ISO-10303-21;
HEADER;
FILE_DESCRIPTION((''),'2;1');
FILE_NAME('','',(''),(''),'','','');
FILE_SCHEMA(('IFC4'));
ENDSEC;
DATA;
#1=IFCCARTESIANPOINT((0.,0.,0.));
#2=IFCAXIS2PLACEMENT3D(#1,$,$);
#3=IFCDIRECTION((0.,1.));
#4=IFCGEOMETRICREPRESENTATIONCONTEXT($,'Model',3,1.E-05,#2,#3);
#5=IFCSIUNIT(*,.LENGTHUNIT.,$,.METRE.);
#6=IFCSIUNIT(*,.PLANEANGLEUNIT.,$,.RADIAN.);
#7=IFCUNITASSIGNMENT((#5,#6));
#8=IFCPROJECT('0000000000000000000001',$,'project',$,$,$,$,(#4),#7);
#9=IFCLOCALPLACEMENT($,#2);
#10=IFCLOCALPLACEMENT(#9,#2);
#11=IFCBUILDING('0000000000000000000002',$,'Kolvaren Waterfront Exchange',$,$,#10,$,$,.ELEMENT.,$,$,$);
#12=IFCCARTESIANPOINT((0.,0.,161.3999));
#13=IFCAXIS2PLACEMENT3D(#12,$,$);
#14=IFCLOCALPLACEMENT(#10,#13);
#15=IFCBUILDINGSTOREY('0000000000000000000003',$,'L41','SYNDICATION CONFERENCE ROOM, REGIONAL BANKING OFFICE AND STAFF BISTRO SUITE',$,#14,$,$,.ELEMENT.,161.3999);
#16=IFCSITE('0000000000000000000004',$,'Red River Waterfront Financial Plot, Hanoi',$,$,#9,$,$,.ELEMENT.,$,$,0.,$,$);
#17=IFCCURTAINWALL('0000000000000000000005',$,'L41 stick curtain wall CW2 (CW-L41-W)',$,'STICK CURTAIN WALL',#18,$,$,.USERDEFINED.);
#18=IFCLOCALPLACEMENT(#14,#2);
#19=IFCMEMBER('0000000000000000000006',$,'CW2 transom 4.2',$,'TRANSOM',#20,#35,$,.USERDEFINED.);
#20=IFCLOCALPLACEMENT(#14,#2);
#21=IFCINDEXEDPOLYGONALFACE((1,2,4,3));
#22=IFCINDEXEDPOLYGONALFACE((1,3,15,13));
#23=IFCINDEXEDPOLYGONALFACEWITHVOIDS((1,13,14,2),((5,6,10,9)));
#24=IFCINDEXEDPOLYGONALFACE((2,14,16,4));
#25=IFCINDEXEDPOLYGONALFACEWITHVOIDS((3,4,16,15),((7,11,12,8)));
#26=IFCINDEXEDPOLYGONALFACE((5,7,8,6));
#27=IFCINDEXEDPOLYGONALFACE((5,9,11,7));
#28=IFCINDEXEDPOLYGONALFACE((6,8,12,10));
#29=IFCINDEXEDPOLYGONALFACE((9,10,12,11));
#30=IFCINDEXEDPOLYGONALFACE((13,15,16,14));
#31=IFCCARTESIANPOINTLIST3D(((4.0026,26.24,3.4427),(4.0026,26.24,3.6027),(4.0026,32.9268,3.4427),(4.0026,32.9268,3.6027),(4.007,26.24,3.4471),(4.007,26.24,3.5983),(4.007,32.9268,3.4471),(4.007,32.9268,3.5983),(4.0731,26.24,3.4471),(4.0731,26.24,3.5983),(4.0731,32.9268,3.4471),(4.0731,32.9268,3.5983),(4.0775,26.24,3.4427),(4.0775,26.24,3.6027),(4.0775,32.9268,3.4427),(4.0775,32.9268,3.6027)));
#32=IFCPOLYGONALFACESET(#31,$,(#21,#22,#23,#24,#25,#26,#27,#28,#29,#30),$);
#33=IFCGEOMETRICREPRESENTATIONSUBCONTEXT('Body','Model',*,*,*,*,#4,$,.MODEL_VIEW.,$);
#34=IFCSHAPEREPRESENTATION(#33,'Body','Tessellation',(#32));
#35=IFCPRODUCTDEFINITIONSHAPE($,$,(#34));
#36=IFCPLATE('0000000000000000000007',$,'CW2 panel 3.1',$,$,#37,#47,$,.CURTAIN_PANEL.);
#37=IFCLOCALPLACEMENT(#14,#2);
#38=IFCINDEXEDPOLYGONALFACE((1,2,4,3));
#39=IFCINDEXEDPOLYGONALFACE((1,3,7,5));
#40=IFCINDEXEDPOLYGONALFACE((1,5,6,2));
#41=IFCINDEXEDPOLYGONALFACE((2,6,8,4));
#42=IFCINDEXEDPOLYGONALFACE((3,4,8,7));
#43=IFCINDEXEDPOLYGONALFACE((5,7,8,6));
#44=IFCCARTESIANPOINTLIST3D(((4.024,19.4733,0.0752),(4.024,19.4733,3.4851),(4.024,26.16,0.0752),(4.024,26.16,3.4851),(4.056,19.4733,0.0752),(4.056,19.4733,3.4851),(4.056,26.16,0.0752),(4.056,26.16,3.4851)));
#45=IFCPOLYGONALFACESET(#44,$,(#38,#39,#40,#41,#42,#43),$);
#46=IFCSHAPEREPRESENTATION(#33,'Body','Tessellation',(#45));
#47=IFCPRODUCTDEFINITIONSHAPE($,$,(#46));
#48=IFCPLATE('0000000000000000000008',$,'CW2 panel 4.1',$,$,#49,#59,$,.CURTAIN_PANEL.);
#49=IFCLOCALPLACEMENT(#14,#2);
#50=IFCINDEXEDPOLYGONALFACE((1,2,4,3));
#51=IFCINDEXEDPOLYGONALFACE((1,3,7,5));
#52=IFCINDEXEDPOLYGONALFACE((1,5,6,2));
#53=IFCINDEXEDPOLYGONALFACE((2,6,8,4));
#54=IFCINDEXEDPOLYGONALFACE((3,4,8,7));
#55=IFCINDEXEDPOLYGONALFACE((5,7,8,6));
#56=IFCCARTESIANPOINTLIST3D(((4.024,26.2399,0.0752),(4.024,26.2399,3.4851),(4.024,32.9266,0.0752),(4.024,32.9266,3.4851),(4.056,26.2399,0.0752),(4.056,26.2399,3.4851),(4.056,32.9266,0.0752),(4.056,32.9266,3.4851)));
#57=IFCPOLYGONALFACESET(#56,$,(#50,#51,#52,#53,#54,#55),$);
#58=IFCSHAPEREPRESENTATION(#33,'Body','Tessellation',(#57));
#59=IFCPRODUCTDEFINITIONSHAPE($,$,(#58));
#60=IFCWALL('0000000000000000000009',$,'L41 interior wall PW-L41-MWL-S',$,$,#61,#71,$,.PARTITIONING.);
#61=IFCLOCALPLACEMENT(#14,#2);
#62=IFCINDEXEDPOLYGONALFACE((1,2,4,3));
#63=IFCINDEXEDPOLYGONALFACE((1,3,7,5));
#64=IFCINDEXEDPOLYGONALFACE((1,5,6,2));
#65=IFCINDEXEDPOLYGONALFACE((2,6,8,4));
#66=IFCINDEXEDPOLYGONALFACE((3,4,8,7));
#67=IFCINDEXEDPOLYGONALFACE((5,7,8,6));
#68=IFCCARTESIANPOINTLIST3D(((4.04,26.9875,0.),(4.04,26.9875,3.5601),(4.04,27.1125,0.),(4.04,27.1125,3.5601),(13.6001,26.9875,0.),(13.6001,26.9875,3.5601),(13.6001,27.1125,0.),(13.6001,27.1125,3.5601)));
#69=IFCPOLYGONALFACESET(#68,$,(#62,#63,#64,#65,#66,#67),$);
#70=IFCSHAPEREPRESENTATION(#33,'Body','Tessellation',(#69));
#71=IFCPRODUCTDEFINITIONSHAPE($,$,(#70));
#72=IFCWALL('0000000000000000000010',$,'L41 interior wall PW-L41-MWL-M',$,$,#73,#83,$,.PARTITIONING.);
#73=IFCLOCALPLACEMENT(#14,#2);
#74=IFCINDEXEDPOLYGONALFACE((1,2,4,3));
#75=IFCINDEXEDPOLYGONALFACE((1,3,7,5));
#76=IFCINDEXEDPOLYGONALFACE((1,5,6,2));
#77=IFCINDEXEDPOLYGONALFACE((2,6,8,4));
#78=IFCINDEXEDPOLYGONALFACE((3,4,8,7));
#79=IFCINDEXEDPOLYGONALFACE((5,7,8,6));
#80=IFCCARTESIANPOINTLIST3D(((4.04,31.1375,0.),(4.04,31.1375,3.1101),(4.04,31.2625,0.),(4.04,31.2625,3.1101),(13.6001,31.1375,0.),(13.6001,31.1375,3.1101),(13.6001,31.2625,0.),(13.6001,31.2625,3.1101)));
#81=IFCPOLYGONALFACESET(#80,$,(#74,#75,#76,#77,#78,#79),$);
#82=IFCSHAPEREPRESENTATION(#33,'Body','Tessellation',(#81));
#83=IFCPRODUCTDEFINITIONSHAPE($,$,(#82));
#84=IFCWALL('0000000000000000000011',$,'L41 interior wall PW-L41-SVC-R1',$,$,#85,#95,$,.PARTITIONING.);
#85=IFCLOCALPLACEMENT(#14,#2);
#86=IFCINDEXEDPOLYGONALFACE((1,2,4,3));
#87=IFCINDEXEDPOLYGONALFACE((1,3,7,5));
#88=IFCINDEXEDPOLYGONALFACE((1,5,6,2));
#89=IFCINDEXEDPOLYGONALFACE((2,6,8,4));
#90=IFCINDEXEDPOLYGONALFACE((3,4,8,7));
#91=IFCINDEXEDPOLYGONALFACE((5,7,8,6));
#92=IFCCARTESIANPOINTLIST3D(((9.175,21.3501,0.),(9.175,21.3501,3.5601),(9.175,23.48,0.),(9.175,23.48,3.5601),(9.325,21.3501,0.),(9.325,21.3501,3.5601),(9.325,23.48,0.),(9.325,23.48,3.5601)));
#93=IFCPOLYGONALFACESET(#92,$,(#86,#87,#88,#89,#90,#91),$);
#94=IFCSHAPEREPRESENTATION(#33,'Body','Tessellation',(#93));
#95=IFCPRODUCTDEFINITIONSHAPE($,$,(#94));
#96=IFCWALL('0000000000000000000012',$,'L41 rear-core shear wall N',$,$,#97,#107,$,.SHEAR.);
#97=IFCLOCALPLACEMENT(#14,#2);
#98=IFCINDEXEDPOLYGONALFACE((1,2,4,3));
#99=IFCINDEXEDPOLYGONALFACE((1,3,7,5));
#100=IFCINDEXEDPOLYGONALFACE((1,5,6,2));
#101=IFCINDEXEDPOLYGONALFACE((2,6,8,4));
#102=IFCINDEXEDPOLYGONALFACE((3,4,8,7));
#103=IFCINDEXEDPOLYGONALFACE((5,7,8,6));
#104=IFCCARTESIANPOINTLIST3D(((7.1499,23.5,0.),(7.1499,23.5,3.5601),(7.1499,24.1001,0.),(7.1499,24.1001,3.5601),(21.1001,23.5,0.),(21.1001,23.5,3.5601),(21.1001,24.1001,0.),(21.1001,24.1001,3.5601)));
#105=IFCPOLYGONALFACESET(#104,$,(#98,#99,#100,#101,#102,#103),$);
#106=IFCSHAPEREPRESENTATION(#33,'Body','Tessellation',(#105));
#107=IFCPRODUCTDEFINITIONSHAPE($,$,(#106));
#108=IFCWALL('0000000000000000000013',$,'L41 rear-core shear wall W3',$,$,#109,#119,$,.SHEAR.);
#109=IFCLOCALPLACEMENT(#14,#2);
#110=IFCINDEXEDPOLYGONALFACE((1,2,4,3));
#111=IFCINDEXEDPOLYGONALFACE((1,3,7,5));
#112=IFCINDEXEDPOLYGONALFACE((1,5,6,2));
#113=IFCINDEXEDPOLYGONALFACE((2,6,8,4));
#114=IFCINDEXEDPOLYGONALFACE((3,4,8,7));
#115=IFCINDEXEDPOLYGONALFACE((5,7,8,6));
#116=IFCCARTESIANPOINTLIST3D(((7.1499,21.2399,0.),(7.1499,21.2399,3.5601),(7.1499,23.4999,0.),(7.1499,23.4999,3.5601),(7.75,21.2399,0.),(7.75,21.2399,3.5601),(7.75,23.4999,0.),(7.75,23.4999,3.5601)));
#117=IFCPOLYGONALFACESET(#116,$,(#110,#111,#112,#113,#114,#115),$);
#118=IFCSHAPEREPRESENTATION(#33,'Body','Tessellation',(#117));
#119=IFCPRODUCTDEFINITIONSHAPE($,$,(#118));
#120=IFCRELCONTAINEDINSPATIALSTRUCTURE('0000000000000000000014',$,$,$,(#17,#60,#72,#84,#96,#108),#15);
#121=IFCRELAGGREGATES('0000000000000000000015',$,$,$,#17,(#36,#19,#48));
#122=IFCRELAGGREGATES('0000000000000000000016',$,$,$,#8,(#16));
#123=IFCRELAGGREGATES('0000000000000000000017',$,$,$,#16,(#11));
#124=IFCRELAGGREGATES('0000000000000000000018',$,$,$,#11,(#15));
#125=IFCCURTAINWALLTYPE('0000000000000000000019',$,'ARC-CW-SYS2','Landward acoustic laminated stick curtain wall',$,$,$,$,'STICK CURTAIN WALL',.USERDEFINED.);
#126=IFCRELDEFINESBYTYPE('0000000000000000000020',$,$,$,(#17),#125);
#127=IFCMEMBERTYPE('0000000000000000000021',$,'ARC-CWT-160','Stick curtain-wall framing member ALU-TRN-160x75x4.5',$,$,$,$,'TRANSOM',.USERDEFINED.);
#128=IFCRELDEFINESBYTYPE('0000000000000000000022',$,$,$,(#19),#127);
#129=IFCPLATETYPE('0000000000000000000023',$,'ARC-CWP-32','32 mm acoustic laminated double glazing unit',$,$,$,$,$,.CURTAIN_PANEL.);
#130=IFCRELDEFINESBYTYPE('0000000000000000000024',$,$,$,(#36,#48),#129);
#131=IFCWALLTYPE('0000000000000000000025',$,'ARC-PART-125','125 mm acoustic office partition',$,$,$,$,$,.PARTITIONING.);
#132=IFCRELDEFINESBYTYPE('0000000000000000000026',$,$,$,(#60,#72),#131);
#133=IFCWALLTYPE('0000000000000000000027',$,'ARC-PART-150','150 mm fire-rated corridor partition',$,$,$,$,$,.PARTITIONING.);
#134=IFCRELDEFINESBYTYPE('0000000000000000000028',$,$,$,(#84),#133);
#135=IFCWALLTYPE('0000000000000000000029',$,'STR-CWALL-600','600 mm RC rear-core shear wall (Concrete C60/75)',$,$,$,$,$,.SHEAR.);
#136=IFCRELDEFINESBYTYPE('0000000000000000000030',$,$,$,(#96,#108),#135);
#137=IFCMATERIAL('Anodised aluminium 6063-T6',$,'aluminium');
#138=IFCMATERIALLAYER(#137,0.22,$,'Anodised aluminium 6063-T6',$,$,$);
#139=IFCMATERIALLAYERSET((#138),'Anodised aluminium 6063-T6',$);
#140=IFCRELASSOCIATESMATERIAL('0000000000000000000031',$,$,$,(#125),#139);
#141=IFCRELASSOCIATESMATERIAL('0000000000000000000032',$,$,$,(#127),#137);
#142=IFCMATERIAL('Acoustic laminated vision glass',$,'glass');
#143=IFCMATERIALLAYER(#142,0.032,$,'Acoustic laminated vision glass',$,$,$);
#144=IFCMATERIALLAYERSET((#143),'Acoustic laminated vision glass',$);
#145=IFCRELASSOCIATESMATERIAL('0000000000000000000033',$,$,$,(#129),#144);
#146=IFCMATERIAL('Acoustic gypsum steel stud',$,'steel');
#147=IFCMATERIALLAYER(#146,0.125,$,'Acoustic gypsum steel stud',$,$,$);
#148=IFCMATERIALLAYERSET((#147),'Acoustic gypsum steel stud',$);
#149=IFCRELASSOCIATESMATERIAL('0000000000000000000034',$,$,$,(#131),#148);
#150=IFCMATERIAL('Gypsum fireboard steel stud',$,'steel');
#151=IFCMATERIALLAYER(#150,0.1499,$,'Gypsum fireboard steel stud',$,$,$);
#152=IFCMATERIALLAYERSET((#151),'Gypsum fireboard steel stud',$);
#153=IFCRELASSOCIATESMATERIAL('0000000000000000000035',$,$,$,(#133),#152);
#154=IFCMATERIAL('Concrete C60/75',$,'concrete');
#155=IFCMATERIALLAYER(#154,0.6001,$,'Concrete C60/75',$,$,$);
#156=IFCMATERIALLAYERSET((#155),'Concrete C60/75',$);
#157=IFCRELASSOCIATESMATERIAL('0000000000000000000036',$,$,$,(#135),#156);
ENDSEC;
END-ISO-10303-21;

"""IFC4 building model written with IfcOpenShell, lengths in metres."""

from ifc_helpers import new_model, si_unit, direction, frame, frame_2d, origin, origin_with_axes, origin_2d, place, context, subcontext, project, spatial, rectangle, hollow_rectangle, extrude, source, transform, mapped, material, layer, layer_set, material_profile, profile_set, type_object, element, aggregate, save


model = new_model("IFC4")

# Units and contexts
model_context = context("Model", 3, precision=1e-05, world=origin(), true_north=direction((0.0, 1.0)))
body_context = subcontext(model_context, "Body", "Model", "MODEL_VIEW")
ifc_project = project(units=[si_unit("LENGTHUNIT", "METRE"), si_unit("PLANEANGLEUNIT", "RADIAN")], contexts=[model_context])

# Site, building, storey
site_placement = place(None, origin())
site = spatial("IfcSite", under=ifc_project, at=site_placement, Name="Red River Waterfront Financial Plot, Hanoi", CompositionType="ELEMENT", RefElevation=0.0)
building_placement = place(site_placement, origin())
building = spatial("IfcBuilding", under=site, at=building_placement, Name="Kolvaren Waterfront Exchange", CompositionType="ELEMENT")
storey_placement = place(building_placement, frame((0.0, 0.0, 161.3999)))
storey = spatial("IfcBuildingStorey", under=building, at=storey_placement, Name="L41", Description="SYNDICATION CONFERENCE ROOM, REGIONAL BANKING OFFICE AND STAFF BISTRO SUITE", CompositionType="ELEMENT", Elevation=161.3999)

# Shared definitions
ifc_material_1 = material(Name="Concrete C60/75", Category="concrete")

# Curtain wall, member, plates
ifc_material_2 = material(Name="Anodised aluminium 6063-T6", Category="aluminium")
ifc_layer_1 = layer(ifc_material_2, 0.22, Name="Anodised aluminium 6063-T6")
ifc_layer_set_1 = layer_set([ifc_layer_1], Name="Anodised aluminium 6063-T6")
curtain_wall_type = type_object("IfcCurtainWallType", Name="ARC-CW-SYS2", Description="Landward acoustic laminated stick curtain wall", ElementType="STICK CURTAIN WALL", PredefinedType="USERDEFINED", material=ifc_layer_set_1)
curtain_wall_placement = place(storey_placement, origin())
curtain_wall = element("IfcCurtainWall", 1, at=curtain_wall_placement, inside=storey, type_object=curtain_wall_type, Name="L41 stick curtain wall CW2 (CW-L41-W)", ObjectType="STICK CURTAIN WALL", PredefinedType="USERDEFINED")
ifc_material_profile_1 = material_profile(ifc_material_2, hollow_rectangle(XDim=0.075, YDim=0.1599, WallThickness=0.0044, at=origin_2d()), Name="ALU-TRN-160x75x4.5")
ifc_profile_set_1 = profile_set([ifc_material_profile_1], Name="Anodised aluminium 6063-T6")
member_type_1 = type_object("IfcMemberType", Name="ARC-CWT-160", Description="Stick curtain-wall framing member ALU-TRN-160x75x4.5", ElementType="TRANSOM", PredefinedType="USERDEFINED", material=ifc_profile_set_1)
shared_shape_1 = source(origin_with_axes(), body_context, "Body", "SweptSolid", [
    extrude(hollow_rectangle(XDim=0.075, YDim=0.1599, WallThickness=0.0044, at=origin_2d()), origin(), (0.0, 0.0, 1.0), 6.6868),
])
member_1_placement = place(storey_placement, frame((4.04, 26.24, 3.5227), z_axis=(0.0, 1.0, 0.0), x_axis=(-1.0, 0.0, 0.0)))
member_1 = element("IfcMember", 2, at=member_1_placement, type_object=member_type_1, Name="CW2 transom 4.2", ObjectType="TRANSOM", PredefinedType="USERDEFINED", context=body_context, shape_type="MappedRepresentation", body=[
    mapped(shared_shape_1, transform((0.0, 0.0, 0.0), x_axis=(1.0, 0.0, 0.0), y_axis=(0.0, 1.0, 0.0), z_axis=(0.0, 0.0, 1.0), scale=1.0)),
])
ifc_material_3 = material(Name="Acoustic laminated vision glass", Category="glass")
ifc_layer_2 = layer(ifc_material_3, 0.032, Name="Acoustic laminated vision glass")
ifc_layer_set_2 = layer_set([ifc_layer_2], Name="Acoustic laminated vision glass")
plate_type = type_object("IfcPlateType", Name="ARC-CWP-32", Description="32 mm acoustic laminated double glazing unit", PredefinedType="CURTAIN_PANEL", material=ifc_layer_set_2)
shared_shape_2 = source(origin_with_axes(), body_context, "Body", "SweptSolid", [
    extrude(rectangle(XDim=6.6868, YDim=0.032, at=origin_2d()), origin(), (0.0, 0.0, 1.0), 3.4099),
])
plate_1_placement = place(storey_placement, frame((4.04, 22.8167, 0.0752), z_axis=(0.0, 0.0, 1.0), x_axis=(0.0, 1.0, 0.0)))
plate_1 = element("IfcPlate", 3, at=plate_1_placement, type_object=plate_type, Name="CW2 panel 3.1", PredefinedType="CURTAIN_PANEL", context=body_context, shape_type="MappedRepresentation", body=[
    mapped(shared_shape_2, transform((0.0, 0.0, 0.0), x_axis=(1.0, 0.0, 0.0), y_axis=(0.0, 1.0, 0.0), z_axis=(0.0, 0.0, 1.0), scale=1.0)),
])
plate_2_placement = place(storey_placement, frame((4.04, 29.5833, 0.0752), z_axis=(0.0, 0.0, 1.0), x_axis=(0.0, 1.0, 0.0)))
plate_2 = element("IfcPlate", 4, at=plate_2_placement, type_object=plate_type, Name="CW2 panel 4.1", PredefinedType="CURTAIN_PANEL", context=body_context, shape_type="MappedRepresentation", body=[
    mapped(shared_shape_2, transform((0.0, 0.0, 0.0), x_axis=(1.0, 0.0, 0.0), y_axis=(0.0, 1.0, 0.0), z_axis=(0.0, 0.0, 1.0), scale=1.0)),
])
aggregate(curtain_wall, [plate_1, member_1, plate_2])

# Shared definitions
ifc_material_4 = material(Name="Acoustic gypsum steel stud", Category="steel")
ifc_layer_3 = layer(ifc_material_4, 0.125, Name="Acoustic gypsum steel stud")
ifc_layer_set_3 = layer_set([ifc_layer_3], Name="Acoustic gypsum steel stud")
wall_type_1 = type_object("IfcWallType", Name="ARC-PART-125", Description="125 mm acoustic office partition", PredefinedType="PARTITIONING", material=ifc_layer_set_3)

# Walls
wall_1_placement = place(storey_placement, frame((4.04, 27.05, 0.0), z_axis=(0.0, 0.0, 1.0), x_axis=(1.0, 0.0, 0.0)))
element("IfcWall", 5, at=wall_1_placement, inside=storey, type_object=wall_type_1, Name="L41 interior wall PW-L41-MWL-S", PredefinedType="PARTITIONING", context=body_context, shape_type="SweptSolid", body=[
    extrude(rectangle(XDim=9.5601, YDim=0.125, at=frame_2d((4.78, 0.0))), origin(), (0.0, 0.0, 1.0), 3.5601),
])
wall_2_placement = place(storey_placement, frame((4.04, 31.2, 0.0), z_axis=(0.0, 0.0, 1.0), x_axis=(1.0, 0.0, 0.0)))
element("IfcWall", 6, at=wall_2_placement, inside=storey, type_object=wall_type_1, Name="L41 interior wall PW-L41-MWL-M", PredefinedType="PARTITIONING", context=body_context, shape_type="SweptSolid", body=[
    extrude(rectangle(XDim=9.5601, YDim=0.125, at=frame_2d((4.78, 0.0))), origin(), (0.0, 0.0, 1.0), 3.1101),
])
ifc_material_5 = material(Name="Gypsum fireboard steel stud", Category="steel")
ifc_layer_4 = layer(ifc_material_5, 0.1499, Name="Gypsum fireboard steel stud")
ifc_layer_set_4 = layer_set([ifc_layer_4], Name="Gypsum fireboard steel stud")
wall_type_2 = type_object("IfcWallType", Name="ARC-PART-150", Description="150 mm fire-rated corridor partition", PredefinedType="PARTITIONING", material=ifc_layer_set_4)
wall_3_placement = place(storey_placement, frame((9.25, 21.3501, 0.0), z_axis=(0.0, 0.0, 1.0), x_axis=(0.0, 1.0, 0.0)))
element("IfcWall", 7, at=wall_3_placement, inside=storey, type_object=wall_type_2, Name="L41 interior wall PW-L41-SVC-R1", PredefinedType="PARTITIONING", context=body_context, shape_type="SweptSolid", body=[
    extrude(rectangle(XDim=2.1299, YDim=0.1499, at=frame_2d((1.0649, 0.0))), origin(), (0.0, 0.0, 1.0), 3.5601),
])

# Walls
ifc_layer_5 = layer(ifc_material_1, 0.6001, Name="Concrete C60/75")
ifc_layer_set_5 = layer_set([ifc_layer_5], Name="Concrete C60/75")
wall_type_3 = type_object("IfcWallType", Name="STR-CWALL-600", Description="600 mm RC rear-core shear wall (Concrete C60/75)", PredefinedType="SHEAR", material=ifc_layer_set_5)
wall_4_placement = place(storey_placement, frame((7.1499, 23.8, 0.0), z_axis=(0.0, 0.0, 1.0), x_axis=(1.0, 0.0, 0.0)))
element("IfcWall", 8, at=wall_4_placement, inside=storey, type_object=wall_type_3, Name="L41 rear-core shear wall N", PredefinedType="SHEAR", context=body_context, shape_type="SweptSolid", body=[
    extrude(rectangle(XDim=13.9502, YDim=0.6001, at=frame_2d((6.9751, 0.0))), origin(), (0.0, 0.0, 1.0), 3.5601),
])
wall_5_placement = place(storey_placement, frame((7.45, 21.24, 0.0), z_axis=(0.0, 0.0, 1.0), x_axis=(0.0, 1.0, 0.0)))
element("IfcWall", 9, at=wall_5_placement, inside=storey, type_object=wall_type_3, Name="L41 rear-core shear wall W3", PredefinedType="SHEAR", context=body_context, shape_type="SweptSolid", body=[
    extrude(rectangle(XDim=2.26, YDim=0.6001, at=frame_2d((1.1299, 0.0))), origin(), (0.0, 0.0, 1.0), 3.5601),
])

save(model, "model.ifc")
